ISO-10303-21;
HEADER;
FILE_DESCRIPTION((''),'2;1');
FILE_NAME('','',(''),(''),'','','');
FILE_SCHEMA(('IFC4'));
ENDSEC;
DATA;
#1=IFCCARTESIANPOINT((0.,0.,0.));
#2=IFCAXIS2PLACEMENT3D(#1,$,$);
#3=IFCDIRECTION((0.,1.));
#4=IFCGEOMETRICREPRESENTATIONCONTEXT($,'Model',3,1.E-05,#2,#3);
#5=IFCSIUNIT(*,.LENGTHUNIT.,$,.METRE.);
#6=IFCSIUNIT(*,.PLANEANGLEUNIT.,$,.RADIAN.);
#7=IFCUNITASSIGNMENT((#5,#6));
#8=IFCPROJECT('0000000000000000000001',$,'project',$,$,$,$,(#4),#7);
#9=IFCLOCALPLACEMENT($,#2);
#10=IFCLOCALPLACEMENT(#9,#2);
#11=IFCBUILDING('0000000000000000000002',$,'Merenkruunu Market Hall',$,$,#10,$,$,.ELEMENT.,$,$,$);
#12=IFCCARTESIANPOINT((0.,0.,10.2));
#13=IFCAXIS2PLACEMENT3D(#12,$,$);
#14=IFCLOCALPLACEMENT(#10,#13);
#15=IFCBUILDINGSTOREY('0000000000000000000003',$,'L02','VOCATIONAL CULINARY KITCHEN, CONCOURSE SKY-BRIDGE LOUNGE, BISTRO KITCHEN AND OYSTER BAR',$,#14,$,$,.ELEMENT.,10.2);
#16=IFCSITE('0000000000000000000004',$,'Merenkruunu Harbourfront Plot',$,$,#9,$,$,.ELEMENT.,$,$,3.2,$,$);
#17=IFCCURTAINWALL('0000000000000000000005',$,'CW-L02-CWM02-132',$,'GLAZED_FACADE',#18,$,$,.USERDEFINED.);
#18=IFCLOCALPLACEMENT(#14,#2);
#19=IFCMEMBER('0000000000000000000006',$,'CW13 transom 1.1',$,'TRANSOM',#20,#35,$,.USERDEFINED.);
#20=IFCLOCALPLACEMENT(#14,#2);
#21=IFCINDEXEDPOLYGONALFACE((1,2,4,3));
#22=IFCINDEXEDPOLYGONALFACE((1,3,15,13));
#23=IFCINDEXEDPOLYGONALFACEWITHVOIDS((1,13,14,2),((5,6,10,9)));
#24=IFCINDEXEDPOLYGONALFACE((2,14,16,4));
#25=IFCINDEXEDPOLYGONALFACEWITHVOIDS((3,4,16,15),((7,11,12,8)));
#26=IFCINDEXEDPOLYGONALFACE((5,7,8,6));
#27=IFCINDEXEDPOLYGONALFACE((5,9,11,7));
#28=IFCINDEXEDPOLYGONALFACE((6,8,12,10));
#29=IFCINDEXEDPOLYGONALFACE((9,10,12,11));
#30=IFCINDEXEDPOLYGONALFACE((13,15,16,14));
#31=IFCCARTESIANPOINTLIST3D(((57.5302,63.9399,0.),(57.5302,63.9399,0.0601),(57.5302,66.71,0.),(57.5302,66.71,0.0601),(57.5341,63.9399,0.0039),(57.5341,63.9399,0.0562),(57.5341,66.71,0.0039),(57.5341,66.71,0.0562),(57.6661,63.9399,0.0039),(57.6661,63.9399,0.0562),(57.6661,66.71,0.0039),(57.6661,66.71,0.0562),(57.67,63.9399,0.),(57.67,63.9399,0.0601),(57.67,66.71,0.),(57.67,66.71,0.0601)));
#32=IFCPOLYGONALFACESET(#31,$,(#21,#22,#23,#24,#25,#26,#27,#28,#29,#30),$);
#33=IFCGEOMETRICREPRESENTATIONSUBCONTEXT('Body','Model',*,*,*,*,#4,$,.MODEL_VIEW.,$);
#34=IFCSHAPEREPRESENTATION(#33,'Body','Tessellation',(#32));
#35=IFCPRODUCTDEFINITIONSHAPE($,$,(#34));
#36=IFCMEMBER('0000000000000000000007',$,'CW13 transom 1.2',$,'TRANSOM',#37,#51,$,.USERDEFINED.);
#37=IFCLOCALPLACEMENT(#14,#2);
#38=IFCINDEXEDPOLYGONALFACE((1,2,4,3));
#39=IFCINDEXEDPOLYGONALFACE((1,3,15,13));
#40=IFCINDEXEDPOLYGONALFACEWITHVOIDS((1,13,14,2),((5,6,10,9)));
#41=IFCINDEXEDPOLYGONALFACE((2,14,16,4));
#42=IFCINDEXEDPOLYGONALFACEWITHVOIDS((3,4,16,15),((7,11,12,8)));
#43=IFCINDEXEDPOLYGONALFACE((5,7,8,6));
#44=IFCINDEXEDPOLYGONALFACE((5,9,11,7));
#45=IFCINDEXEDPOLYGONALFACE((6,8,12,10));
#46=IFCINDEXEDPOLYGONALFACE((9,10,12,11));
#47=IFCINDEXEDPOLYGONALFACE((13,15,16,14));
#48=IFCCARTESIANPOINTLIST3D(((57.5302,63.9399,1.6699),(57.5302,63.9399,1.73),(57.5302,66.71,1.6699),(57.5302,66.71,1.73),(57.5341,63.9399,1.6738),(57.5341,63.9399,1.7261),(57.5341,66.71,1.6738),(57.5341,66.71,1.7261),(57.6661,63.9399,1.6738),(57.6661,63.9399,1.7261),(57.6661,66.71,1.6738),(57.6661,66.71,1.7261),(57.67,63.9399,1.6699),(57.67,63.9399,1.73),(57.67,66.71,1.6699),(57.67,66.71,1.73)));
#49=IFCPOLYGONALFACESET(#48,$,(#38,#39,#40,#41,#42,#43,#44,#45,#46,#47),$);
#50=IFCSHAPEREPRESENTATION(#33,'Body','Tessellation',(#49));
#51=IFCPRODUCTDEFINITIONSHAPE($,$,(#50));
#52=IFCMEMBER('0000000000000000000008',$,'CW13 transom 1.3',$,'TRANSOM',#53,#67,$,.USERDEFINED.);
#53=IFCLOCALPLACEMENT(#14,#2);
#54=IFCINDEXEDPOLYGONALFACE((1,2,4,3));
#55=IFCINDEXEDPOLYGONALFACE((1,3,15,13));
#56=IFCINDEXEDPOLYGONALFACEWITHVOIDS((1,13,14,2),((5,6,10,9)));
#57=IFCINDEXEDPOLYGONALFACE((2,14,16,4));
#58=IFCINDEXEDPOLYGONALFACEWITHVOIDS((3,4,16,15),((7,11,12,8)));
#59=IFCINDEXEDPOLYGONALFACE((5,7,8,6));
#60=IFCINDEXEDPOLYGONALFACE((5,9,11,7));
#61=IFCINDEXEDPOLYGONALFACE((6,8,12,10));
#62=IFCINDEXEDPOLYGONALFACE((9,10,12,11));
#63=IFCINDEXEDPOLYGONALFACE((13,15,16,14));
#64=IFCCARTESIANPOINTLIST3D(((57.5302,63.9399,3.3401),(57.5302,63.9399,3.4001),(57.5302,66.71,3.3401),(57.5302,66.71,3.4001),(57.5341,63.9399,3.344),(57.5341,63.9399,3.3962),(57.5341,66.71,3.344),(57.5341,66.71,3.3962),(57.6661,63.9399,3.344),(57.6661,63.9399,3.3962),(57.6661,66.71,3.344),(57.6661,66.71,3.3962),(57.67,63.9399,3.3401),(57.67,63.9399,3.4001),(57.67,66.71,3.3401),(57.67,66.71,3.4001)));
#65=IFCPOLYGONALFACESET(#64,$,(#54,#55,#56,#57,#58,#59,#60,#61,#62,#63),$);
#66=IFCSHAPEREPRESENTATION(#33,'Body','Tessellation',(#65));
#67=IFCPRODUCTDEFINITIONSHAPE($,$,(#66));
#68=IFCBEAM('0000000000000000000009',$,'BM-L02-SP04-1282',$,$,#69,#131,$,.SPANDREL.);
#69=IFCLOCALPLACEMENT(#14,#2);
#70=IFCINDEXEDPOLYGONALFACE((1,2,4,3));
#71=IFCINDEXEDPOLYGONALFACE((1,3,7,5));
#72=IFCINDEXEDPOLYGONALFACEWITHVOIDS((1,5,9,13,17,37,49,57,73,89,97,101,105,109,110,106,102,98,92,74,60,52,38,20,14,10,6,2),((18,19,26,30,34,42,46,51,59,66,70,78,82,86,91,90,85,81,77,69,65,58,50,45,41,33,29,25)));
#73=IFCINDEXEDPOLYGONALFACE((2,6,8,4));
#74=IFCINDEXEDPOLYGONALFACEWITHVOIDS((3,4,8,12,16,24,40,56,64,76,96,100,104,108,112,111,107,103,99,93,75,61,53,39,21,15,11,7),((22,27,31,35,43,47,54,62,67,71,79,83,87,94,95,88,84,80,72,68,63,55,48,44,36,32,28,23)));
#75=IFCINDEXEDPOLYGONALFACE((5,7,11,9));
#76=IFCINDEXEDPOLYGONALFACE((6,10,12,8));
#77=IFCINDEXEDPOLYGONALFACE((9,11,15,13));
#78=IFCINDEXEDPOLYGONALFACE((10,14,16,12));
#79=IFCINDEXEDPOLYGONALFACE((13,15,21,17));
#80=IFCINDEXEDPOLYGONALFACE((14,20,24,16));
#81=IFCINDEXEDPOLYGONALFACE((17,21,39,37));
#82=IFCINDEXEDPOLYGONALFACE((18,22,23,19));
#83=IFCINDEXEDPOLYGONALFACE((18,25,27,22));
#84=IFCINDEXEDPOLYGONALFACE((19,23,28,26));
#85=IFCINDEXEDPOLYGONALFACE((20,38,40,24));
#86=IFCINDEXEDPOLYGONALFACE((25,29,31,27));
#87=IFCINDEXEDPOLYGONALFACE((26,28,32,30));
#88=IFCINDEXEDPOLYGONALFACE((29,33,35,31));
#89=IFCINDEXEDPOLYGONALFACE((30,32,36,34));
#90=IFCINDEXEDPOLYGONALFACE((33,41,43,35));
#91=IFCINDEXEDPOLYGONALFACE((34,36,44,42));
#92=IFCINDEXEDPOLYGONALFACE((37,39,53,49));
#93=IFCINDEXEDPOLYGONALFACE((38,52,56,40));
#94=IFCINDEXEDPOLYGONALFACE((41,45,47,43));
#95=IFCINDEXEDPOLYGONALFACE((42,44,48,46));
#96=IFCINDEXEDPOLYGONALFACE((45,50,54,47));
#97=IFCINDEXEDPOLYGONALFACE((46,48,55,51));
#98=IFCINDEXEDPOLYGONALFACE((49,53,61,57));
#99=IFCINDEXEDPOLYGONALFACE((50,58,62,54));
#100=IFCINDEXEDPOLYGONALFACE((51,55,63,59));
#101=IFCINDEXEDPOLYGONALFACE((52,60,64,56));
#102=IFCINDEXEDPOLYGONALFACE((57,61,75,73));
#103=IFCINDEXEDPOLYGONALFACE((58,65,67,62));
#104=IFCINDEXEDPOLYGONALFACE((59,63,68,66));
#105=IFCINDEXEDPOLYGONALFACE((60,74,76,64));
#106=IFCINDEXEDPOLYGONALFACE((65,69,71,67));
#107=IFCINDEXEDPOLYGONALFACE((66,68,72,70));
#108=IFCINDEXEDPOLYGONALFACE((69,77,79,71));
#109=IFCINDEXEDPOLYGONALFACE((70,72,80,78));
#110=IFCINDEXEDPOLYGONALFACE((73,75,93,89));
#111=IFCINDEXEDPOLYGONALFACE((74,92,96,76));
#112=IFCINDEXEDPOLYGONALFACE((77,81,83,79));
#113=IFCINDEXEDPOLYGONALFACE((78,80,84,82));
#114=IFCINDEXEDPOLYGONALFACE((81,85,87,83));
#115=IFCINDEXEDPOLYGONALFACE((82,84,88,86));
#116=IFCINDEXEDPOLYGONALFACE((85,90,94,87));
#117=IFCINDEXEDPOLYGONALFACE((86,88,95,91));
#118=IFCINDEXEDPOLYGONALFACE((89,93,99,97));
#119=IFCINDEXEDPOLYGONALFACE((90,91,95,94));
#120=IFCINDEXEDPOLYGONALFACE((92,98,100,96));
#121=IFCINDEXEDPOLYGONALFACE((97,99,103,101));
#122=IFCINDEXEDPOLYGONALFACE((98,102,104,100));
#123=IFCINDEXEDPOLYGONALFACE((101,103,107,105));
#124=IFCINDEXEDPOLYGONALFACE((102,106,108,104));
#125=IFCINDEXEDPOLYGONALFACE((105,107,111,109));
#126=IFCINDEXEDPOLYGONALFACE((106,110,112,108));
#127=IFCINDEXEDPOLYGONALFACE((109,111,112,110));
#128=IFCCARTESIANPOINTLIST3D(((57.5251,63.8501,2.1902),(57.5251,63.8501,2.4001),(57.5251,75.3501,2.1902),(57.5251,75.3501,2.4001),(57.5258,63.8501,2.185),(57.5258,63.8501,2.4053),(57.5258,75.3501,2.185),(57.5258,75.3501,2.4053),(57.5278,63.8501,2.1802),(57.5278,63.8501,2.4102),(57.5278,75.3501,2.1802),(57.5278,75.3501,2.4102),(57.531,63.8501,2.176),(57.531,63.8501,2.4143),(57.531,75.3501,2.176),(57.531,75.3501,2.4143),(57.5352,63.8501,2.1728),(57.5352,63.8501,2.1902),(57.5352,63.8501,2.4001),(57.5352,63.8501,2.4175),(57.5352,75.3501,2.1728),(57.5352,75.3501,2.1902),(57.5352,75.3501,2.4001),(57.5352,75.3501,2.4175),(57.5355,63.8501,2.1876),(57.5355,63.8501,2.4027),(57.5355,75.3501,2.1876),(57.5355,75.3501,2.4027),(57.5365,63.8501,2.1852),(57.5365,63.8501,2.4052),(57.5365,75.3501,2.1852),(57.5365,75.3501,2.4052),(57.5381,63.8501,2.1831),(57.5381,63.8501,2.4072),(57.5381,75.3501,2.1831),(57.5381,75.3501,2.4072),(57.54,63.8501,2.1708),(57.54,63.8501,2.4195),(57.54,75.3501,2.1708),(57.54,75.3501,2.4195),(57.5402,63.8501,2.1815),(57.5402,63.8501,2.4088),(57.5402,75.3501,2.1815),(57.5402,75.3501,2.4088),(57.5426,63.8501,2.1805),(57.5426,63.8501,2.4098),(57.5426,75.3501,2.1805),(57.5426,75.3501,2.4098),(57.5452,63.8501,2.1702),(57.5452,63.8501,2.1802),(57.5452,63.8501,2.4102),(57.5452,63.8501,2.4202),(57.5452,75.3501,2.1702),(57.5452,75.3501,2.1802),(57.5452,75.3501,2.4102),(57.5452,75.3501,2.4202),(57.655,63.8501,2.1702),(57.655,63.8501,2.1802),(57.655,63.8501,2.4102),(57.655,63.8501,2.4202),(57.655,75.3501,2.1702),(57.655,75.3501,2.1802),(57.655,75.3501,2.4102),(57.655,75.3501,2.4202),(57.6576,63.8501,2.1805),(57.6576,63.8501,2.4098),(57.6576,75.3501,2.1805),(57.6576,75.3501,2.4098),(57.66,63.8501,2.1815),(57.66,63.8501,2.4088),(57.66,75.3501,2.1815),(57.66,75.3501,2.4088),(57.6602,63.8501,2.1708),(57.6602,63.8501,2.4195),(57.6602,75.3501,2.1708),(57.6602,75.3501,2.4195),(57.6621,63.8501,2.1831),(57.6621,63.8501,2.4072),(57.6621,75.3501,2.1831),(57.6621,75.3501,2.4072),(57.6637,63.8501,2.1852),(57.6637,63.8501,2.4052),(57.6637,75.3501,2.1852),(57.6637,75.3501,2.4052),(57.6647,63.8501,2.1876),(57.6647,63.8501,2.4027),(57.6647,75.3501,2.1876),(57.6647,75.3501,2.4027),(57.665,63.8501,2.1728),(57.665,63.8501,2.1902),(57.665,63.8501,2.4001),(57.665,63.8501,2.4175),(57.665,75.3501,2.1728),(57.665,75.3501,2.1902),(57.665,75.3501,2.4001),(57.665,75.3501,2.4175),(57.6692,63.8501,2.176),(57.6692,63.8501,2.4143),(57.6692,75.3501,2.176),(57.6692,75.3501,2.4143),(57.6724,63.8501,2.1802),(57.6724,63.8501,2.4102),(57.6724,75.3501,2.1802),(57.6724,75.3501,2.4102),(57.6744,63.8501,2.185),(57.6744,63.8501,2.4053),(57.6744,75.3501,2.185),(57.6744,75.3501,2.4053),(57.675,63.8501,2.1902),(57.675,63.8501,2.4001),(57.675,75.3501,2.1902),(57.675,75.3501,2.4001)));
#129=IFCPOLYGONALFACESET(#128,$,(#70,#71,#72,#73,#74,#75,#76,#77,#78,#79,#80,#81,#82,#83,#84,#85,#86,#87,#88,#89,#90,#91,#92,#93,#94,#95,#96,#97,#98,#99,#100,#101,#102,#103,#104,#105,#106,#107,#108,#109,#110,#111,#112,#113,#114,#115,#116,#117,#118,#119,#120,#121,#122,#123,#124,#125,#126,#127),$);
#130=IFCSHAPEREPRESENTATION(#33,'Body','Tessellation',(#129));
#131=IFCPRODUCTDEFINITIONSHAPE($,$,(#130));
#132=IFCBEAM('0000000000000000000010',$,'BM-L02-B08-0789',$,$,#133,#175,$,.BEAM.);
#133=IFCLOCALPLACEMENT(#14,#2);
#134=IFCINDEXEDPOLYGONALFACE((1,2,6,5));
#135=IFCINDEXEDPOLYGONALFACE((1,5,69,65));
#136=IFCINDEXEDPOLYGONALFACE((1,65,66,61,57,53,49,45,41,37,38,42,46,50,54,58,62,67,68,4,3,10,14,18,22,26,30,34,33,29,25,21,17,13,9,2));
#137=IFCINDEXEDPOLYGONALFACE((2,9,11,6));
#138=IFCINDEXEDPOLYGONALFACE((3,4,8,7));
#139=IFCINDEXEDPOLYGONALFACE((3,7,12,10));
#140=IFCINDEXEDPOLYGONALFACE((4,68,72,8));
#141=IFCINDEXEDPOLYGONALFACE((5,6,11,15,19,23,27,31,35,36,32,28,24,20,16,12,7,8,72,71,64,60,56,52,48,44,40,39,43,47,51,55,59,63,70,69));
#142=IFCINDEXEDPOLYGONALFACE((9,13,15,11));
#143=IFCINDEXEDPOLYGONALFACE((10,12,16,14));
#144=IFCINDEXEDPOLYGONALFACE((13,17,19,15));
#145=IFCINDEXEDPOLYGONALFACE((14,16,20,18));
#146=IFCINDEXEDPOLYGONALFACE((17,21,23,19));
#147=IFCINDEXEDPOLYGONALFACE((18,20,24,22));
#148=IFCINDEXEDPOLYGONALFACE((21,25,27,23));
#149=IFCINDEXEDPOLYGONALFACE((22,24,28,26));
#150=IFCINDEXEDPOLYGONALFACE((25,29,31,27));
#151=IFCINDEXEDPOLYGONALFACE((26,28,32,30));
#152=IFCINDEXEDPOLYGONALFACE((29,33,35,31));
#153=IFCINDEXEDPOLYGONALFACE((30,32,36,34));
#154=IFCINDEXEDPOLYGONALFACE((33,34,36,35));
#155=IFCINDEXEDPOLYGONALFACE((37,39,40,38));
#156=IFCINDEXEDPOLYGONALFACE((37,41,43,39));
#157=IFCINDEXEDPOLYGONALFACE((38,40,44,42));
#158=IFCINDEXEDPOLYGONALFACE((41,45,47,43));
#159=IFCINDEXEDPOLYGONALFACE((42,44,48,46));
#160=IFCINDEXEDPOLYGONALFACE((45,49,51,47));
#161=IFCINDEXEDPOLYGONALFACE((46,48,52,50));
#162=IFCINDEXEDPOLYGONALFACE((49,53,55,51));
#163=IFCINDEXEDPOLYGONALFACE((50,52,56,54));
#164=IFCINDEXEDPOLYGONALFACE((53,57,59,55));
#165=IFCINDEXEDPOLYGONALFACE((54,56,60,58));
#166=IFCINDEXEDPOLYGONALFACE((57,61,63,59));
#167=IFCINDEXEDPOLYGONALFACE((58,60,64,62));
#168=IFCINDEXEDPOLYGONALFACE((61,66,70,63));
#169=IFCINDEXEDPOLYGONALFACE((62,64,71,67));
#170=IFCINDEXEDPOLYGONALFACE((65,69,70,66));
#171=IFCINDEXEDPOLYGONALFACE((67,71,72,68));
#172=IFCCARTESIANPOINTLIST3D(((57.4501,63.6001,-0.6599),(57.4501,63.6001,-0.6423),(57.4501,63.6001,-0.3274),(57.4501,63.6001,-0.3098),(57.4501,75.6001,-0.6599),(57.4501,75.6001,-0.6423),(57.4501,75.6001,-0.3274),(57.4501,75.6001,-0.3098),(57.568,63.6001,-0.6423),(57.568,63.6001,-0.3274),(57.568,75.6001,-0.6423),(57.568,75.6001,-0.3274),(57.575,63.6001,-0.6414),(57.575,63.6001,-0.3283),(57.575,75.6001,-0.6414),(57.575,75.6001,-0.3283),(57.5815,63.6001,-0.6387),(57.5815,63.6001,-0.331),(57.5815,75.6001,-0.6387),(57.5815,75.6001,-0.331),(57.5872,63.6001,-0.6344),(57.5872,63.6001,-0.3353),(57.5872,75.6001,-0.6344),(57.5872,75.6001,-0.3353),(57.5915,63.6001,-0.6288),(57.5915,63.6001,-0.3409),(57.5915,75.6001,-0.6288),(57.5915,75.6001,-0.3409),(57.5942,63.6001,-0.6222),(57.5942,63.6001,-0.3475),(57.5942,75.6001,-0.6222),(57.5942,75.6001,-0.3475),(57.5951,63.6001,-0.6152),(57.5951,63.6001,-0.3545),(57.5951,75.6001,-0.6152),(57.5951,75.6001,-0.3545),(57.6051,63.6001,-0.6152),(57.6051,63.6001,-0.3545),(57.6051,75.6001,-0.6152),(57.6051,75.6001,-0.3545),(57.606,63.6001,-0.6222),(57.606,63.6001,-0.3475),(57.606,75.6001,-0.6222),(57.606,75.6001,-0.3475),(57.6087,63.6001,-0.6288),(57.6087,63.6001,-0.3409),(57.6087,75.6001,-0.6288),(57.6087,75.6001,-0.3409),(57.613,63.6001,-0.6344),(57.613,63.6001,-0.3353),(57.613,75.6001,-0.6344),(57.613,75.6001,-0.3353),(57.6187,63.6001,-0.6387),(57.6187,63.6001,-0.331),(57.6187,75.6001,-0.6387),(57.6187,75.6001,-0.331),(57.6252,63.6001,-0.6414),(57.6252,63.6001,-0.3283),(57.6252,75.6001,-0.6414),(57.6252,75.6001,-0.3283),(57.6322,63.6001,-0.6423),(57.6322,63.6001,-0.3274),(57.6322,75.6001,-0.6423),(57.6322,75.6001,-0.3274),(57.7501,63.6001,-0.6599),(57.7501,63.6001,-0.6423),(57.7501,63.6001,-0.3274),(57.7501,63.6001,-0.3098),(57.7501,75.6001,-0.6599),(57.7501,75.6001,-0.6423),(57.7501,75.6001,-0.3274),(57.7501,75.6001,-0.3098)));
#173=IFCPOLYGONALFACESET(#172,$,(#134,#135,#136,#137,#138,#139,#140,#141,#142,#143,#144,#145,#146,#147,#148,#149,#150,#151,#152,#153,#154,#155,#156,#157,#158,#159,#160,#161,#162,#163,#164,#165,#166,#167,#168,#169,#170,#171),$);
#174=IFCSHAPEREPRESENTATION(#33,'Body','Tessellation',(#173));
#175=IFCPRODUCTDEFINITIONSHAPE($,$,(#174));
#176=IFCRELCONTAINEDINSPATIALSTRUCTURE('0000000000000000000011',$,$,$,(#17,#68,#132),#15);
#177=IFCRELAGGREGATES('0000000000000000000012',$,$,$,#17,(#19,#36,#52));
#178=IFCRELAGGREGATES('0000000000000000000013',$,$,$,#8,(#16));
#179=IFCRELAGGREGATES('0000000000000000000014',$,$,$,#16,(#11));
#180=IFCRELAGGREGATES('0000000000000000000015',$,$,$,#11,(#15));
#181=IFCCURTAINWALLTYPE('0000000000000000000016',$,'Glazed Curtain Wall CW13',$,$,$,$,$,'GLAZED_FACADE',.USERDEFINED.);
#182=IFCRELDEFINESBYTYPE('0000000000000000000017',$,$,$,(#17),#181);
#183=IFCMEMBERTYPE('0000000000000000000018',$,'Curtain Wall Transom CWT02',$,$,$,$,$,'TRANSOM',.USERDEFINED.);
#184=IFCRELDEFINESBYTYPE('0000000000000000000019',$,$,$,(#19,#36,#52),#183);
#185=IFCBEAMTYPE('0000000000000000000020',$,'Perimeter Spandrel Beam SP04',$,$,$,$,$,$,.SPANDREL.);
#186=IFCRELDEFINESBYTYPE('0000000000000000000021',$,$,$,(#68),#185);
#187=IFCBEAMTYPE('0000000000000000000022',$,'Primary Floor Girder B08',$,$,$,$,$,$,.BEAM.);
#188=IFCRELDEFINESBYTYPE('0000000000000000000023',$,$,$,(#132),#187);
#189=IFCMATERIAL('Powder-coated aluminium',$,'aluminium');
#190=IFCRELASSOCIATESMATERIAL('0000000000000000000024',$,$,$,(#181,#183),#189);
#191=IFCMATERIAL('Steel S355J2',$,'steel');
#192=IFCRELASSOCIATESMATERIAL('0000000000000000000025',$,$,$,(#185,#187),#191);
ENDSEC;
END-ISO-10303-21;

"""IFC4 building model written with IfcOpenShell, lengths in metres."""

from ifc_helpers import new_model, si_unit, direction, frame, origin, origin_2d, place, context, subcontext, project, spatial, hollow_rectangle, i_section, extrude, material, material_profile, profile_set, type_object, element, aggregate, save


model = new_model("IFC4")

# Units and contexts
model_context = context("Model", 3, precision=1e-05, world=origin(), true_north=direction((0.0, 1.0)))
body_context = subcontext(model_context, "Body", "Model", "MODEL_VIEW")
ifc_project = project(units=[si_unit("LENGTHUNIT", "METRE"), si_unit("PLANEANGLEUNIT", "RADIAN")], contexts=[model_context])

# Site, building, storey
site_placement = place(None, origin())
site = spatial("IfcSite", under=ifc_project, at=site_placement, Name="Merenkruunu Harbourfront Plot", CompositionType="ELEMENT", RefElevation=3.2)
building_placement = place(site_placement, origin())
building = spatial("IfcBuilding", under=site, at=building_placement, Name="Merenkruunu Market Hall", CompositionType="ELEMENT")
storey_placement = place(building_placement, frame((0.0, 0.0, 10.2)))
storey = spatial("IfcBuildingStorey", under=building, at=storey_placement, Name="L02", Description="VOCATIONAL CULINARY KITCHEN, CONCOURSE SKY-BRIDGE LOUNGE, BISTRO KITCHEN AND OYSTER BAR", CompositionType="ELEMENT", Elevation=10.2)

# Curtain wall
ifc_material_1 = material(Name="Powder-coated aluminium", Category="aluminium")
curtain_wall_type = type_object("IfcCurtainWallType", Name="Glazed Curtain Wall CW13", ElementType="GLAZED_FACADE", PredefinedType="USERDEFINED", material=ifc_material_1)
curtain_wall_1_placement = place(storey_placement, origin())
curtain_wall_1 = element("IfcCurtainWall", 1, at=curtain_wall_1_placement, inside=storey, type_object=curtain_wall_type, Name="CW-L02-CWM02-132", ObjectType="GLAZED_FACADE", PredefinedType="USERDEFINED")

# Members
ifc_material_profile_1 = material_profile(ifc_material_1, hollow_rectangle(XDim=0.0601, YDim=0.1399, WallThickness=0.0039, at=origin_2d()), Name="ALU 60x140x4")
ifc_profile_set_1 = profile_set([ifc_material_profile_1], Name="Powder-coated aluminium")
member_type_1 = type_object("IfcMemberType", Name="Curtain Wall Transom CWT02", ElementType="TRANSOM", PredefinedType="USERDEFINED", material=ifc_profile_set_1)
member_1_placement = place(storey_placement, frame((57.6001, 63.9399, 0.03), z_axis=(0.0, 1.0, 0.0), x_axis=(0.0, 0.0, 1.0)))
member_1 = element("IfcMember", 2, at=member_1_placement, type_object=member_type_1, Name="CW13 transom 1.1", ObjectType="TRANSOM", PredefinedType="USERDEFINED", context=body_context, shape_type="SweptSolid", body=[
    extrude(hollow_rectangle(XDim=0.0601, YDim=0.1399, WallThickness=0.0039, at=origin_2d()), origin(), (0.0, 0.0, 1.0), 2.77),
])
member_2_placement = place(storey_placement, frame((57.6001, 63.9399, 1.7), z_axis=(0.0, 1.0, 0.0), x_axis=(0.0, 0.0, 1.0)))
member_2 = element("IfcMember", 3, at=member_2_placement, type_object=member_type_1, Name="CW13 transom 1.2", ObjectType="TRANSOM", PredefinedType="USERDEFINED", context=body_context, shape_type="SweptSolid", body=[
    extrude(hollow_rectangle(XDim=0.0601, YDim=0.1399, WallThickness=0.0039, at=origin_2d()), origin(), (0.0, 0.0, 1.0), 2.77),
])
member_3_placement = place(storey_placement, frame((57.6001, 63.9399, 3.3701), z_axis=(0.0, 1.0, 0.0), x_axis=(0.0, 0.0, 1.0)))
member_3 = element("IfcMember", 4, at=member_3_placement, type_object=member_type_1, Name="CW13 transom 1.3", ObjectType="TRANSOM", PredefinedType="USERDEFINED", context=body_context, shape_type="SweptSolid", body=[
    extrude(hollow_rectangle(XDim=0.0601, YDim=0.1399, WallThickness=0.0039, at=origin_2d()), origin(), (0.0, 0.0, 1.0), 2.77),
])

# Beams
ifc_material_2 = material(Name="Steel S355J2", Category="steel")
ifc_material_profile_2 = material_profile(ifc_material_2, hollow_rectangle(XDim=0.1499, YDim=0.25, WallThickness=0.01, InnerFilletRadius=0.01, OuterFilletRadius=0.02, at=origin_2d()), Name="RHS 250x150x10")
ifc_profile_set_2 = profile_set([ifc_material_profile_2], Name="Steel S355J2")
beam_type_1 = type_object("IfcBeamType", Name="Perimeter Spandrel Beam SP04", PredefinedType="SPANDREL", material=ifc_profile_set_2)
beam_1_placement = place(storey_placement, frame((57.6001, 63.8501, 2.2952), z_axis=(0.0, 1.0, 0.0), x_axis=(-1.0, 0.0, 0.0)))
element("IfcBeam", 5, at=beam_1_placement, inside=storey, type_object=beam_type_1, Name="BM-L02-SP04-1282", PredefinedType="SPANDREL", context=body_context, shape_type="SweptSolid", body=[
    extrude(hollow_rectangle(XDim=0.1499, YDim=0.25, WallThickness=0.01, InnerFilletRadius=0.01, OuterFilletRadius=0.02, at=origin_2d()), origin(), (0.0, 0.0, 1.0), 11.5),
])
ifc_material_profile_3 = material_profile(ifc_material_2, i_section(OverallWidth=0.3, OverallDepth=0.3501, WebThickness=0.01, FlangeThickness=0.0176, FilletRadius=0.0271, at=origin_2d()), Name="HEA 360")
ifc_profile_set_3 = profile_set([ifc_material_profile_3], Name="Steel S355J2")
beam_type_2 = type_object("IfcBeamType", Name="Primary Floor Girder B08", PredefinedType="BEAM", material=ifc_profile_set_3)
beam_2_placement = place(storey_placement, frame((57.6001, 63.6001, -0.4849), z_axis=(0.0, 1.0, 0.0), x_axis=(-1.0, 0.0, 0.0)))
element("IfcBeam", 6, at=beam_2_placement, inside=storey, type_object=beam_type_2, Name="BM-L02-B08-0789", PredefinedType="BEAM", context=body_context, shape_type="SweptSolid", body=[
    extrude(i_section(OverallWidth=0.3, OverallDepth=0.3501, WebThickness=0.01, FlangeThickness=0.0176, FilletRadius=0.0271, at=origin_2d()), origin(), (0.0, 0.0, 1.0), 12.0),
])

aggregate(curtain_wall_1, [member_1, member_2, member_3])

save(model, "model.ifc")
